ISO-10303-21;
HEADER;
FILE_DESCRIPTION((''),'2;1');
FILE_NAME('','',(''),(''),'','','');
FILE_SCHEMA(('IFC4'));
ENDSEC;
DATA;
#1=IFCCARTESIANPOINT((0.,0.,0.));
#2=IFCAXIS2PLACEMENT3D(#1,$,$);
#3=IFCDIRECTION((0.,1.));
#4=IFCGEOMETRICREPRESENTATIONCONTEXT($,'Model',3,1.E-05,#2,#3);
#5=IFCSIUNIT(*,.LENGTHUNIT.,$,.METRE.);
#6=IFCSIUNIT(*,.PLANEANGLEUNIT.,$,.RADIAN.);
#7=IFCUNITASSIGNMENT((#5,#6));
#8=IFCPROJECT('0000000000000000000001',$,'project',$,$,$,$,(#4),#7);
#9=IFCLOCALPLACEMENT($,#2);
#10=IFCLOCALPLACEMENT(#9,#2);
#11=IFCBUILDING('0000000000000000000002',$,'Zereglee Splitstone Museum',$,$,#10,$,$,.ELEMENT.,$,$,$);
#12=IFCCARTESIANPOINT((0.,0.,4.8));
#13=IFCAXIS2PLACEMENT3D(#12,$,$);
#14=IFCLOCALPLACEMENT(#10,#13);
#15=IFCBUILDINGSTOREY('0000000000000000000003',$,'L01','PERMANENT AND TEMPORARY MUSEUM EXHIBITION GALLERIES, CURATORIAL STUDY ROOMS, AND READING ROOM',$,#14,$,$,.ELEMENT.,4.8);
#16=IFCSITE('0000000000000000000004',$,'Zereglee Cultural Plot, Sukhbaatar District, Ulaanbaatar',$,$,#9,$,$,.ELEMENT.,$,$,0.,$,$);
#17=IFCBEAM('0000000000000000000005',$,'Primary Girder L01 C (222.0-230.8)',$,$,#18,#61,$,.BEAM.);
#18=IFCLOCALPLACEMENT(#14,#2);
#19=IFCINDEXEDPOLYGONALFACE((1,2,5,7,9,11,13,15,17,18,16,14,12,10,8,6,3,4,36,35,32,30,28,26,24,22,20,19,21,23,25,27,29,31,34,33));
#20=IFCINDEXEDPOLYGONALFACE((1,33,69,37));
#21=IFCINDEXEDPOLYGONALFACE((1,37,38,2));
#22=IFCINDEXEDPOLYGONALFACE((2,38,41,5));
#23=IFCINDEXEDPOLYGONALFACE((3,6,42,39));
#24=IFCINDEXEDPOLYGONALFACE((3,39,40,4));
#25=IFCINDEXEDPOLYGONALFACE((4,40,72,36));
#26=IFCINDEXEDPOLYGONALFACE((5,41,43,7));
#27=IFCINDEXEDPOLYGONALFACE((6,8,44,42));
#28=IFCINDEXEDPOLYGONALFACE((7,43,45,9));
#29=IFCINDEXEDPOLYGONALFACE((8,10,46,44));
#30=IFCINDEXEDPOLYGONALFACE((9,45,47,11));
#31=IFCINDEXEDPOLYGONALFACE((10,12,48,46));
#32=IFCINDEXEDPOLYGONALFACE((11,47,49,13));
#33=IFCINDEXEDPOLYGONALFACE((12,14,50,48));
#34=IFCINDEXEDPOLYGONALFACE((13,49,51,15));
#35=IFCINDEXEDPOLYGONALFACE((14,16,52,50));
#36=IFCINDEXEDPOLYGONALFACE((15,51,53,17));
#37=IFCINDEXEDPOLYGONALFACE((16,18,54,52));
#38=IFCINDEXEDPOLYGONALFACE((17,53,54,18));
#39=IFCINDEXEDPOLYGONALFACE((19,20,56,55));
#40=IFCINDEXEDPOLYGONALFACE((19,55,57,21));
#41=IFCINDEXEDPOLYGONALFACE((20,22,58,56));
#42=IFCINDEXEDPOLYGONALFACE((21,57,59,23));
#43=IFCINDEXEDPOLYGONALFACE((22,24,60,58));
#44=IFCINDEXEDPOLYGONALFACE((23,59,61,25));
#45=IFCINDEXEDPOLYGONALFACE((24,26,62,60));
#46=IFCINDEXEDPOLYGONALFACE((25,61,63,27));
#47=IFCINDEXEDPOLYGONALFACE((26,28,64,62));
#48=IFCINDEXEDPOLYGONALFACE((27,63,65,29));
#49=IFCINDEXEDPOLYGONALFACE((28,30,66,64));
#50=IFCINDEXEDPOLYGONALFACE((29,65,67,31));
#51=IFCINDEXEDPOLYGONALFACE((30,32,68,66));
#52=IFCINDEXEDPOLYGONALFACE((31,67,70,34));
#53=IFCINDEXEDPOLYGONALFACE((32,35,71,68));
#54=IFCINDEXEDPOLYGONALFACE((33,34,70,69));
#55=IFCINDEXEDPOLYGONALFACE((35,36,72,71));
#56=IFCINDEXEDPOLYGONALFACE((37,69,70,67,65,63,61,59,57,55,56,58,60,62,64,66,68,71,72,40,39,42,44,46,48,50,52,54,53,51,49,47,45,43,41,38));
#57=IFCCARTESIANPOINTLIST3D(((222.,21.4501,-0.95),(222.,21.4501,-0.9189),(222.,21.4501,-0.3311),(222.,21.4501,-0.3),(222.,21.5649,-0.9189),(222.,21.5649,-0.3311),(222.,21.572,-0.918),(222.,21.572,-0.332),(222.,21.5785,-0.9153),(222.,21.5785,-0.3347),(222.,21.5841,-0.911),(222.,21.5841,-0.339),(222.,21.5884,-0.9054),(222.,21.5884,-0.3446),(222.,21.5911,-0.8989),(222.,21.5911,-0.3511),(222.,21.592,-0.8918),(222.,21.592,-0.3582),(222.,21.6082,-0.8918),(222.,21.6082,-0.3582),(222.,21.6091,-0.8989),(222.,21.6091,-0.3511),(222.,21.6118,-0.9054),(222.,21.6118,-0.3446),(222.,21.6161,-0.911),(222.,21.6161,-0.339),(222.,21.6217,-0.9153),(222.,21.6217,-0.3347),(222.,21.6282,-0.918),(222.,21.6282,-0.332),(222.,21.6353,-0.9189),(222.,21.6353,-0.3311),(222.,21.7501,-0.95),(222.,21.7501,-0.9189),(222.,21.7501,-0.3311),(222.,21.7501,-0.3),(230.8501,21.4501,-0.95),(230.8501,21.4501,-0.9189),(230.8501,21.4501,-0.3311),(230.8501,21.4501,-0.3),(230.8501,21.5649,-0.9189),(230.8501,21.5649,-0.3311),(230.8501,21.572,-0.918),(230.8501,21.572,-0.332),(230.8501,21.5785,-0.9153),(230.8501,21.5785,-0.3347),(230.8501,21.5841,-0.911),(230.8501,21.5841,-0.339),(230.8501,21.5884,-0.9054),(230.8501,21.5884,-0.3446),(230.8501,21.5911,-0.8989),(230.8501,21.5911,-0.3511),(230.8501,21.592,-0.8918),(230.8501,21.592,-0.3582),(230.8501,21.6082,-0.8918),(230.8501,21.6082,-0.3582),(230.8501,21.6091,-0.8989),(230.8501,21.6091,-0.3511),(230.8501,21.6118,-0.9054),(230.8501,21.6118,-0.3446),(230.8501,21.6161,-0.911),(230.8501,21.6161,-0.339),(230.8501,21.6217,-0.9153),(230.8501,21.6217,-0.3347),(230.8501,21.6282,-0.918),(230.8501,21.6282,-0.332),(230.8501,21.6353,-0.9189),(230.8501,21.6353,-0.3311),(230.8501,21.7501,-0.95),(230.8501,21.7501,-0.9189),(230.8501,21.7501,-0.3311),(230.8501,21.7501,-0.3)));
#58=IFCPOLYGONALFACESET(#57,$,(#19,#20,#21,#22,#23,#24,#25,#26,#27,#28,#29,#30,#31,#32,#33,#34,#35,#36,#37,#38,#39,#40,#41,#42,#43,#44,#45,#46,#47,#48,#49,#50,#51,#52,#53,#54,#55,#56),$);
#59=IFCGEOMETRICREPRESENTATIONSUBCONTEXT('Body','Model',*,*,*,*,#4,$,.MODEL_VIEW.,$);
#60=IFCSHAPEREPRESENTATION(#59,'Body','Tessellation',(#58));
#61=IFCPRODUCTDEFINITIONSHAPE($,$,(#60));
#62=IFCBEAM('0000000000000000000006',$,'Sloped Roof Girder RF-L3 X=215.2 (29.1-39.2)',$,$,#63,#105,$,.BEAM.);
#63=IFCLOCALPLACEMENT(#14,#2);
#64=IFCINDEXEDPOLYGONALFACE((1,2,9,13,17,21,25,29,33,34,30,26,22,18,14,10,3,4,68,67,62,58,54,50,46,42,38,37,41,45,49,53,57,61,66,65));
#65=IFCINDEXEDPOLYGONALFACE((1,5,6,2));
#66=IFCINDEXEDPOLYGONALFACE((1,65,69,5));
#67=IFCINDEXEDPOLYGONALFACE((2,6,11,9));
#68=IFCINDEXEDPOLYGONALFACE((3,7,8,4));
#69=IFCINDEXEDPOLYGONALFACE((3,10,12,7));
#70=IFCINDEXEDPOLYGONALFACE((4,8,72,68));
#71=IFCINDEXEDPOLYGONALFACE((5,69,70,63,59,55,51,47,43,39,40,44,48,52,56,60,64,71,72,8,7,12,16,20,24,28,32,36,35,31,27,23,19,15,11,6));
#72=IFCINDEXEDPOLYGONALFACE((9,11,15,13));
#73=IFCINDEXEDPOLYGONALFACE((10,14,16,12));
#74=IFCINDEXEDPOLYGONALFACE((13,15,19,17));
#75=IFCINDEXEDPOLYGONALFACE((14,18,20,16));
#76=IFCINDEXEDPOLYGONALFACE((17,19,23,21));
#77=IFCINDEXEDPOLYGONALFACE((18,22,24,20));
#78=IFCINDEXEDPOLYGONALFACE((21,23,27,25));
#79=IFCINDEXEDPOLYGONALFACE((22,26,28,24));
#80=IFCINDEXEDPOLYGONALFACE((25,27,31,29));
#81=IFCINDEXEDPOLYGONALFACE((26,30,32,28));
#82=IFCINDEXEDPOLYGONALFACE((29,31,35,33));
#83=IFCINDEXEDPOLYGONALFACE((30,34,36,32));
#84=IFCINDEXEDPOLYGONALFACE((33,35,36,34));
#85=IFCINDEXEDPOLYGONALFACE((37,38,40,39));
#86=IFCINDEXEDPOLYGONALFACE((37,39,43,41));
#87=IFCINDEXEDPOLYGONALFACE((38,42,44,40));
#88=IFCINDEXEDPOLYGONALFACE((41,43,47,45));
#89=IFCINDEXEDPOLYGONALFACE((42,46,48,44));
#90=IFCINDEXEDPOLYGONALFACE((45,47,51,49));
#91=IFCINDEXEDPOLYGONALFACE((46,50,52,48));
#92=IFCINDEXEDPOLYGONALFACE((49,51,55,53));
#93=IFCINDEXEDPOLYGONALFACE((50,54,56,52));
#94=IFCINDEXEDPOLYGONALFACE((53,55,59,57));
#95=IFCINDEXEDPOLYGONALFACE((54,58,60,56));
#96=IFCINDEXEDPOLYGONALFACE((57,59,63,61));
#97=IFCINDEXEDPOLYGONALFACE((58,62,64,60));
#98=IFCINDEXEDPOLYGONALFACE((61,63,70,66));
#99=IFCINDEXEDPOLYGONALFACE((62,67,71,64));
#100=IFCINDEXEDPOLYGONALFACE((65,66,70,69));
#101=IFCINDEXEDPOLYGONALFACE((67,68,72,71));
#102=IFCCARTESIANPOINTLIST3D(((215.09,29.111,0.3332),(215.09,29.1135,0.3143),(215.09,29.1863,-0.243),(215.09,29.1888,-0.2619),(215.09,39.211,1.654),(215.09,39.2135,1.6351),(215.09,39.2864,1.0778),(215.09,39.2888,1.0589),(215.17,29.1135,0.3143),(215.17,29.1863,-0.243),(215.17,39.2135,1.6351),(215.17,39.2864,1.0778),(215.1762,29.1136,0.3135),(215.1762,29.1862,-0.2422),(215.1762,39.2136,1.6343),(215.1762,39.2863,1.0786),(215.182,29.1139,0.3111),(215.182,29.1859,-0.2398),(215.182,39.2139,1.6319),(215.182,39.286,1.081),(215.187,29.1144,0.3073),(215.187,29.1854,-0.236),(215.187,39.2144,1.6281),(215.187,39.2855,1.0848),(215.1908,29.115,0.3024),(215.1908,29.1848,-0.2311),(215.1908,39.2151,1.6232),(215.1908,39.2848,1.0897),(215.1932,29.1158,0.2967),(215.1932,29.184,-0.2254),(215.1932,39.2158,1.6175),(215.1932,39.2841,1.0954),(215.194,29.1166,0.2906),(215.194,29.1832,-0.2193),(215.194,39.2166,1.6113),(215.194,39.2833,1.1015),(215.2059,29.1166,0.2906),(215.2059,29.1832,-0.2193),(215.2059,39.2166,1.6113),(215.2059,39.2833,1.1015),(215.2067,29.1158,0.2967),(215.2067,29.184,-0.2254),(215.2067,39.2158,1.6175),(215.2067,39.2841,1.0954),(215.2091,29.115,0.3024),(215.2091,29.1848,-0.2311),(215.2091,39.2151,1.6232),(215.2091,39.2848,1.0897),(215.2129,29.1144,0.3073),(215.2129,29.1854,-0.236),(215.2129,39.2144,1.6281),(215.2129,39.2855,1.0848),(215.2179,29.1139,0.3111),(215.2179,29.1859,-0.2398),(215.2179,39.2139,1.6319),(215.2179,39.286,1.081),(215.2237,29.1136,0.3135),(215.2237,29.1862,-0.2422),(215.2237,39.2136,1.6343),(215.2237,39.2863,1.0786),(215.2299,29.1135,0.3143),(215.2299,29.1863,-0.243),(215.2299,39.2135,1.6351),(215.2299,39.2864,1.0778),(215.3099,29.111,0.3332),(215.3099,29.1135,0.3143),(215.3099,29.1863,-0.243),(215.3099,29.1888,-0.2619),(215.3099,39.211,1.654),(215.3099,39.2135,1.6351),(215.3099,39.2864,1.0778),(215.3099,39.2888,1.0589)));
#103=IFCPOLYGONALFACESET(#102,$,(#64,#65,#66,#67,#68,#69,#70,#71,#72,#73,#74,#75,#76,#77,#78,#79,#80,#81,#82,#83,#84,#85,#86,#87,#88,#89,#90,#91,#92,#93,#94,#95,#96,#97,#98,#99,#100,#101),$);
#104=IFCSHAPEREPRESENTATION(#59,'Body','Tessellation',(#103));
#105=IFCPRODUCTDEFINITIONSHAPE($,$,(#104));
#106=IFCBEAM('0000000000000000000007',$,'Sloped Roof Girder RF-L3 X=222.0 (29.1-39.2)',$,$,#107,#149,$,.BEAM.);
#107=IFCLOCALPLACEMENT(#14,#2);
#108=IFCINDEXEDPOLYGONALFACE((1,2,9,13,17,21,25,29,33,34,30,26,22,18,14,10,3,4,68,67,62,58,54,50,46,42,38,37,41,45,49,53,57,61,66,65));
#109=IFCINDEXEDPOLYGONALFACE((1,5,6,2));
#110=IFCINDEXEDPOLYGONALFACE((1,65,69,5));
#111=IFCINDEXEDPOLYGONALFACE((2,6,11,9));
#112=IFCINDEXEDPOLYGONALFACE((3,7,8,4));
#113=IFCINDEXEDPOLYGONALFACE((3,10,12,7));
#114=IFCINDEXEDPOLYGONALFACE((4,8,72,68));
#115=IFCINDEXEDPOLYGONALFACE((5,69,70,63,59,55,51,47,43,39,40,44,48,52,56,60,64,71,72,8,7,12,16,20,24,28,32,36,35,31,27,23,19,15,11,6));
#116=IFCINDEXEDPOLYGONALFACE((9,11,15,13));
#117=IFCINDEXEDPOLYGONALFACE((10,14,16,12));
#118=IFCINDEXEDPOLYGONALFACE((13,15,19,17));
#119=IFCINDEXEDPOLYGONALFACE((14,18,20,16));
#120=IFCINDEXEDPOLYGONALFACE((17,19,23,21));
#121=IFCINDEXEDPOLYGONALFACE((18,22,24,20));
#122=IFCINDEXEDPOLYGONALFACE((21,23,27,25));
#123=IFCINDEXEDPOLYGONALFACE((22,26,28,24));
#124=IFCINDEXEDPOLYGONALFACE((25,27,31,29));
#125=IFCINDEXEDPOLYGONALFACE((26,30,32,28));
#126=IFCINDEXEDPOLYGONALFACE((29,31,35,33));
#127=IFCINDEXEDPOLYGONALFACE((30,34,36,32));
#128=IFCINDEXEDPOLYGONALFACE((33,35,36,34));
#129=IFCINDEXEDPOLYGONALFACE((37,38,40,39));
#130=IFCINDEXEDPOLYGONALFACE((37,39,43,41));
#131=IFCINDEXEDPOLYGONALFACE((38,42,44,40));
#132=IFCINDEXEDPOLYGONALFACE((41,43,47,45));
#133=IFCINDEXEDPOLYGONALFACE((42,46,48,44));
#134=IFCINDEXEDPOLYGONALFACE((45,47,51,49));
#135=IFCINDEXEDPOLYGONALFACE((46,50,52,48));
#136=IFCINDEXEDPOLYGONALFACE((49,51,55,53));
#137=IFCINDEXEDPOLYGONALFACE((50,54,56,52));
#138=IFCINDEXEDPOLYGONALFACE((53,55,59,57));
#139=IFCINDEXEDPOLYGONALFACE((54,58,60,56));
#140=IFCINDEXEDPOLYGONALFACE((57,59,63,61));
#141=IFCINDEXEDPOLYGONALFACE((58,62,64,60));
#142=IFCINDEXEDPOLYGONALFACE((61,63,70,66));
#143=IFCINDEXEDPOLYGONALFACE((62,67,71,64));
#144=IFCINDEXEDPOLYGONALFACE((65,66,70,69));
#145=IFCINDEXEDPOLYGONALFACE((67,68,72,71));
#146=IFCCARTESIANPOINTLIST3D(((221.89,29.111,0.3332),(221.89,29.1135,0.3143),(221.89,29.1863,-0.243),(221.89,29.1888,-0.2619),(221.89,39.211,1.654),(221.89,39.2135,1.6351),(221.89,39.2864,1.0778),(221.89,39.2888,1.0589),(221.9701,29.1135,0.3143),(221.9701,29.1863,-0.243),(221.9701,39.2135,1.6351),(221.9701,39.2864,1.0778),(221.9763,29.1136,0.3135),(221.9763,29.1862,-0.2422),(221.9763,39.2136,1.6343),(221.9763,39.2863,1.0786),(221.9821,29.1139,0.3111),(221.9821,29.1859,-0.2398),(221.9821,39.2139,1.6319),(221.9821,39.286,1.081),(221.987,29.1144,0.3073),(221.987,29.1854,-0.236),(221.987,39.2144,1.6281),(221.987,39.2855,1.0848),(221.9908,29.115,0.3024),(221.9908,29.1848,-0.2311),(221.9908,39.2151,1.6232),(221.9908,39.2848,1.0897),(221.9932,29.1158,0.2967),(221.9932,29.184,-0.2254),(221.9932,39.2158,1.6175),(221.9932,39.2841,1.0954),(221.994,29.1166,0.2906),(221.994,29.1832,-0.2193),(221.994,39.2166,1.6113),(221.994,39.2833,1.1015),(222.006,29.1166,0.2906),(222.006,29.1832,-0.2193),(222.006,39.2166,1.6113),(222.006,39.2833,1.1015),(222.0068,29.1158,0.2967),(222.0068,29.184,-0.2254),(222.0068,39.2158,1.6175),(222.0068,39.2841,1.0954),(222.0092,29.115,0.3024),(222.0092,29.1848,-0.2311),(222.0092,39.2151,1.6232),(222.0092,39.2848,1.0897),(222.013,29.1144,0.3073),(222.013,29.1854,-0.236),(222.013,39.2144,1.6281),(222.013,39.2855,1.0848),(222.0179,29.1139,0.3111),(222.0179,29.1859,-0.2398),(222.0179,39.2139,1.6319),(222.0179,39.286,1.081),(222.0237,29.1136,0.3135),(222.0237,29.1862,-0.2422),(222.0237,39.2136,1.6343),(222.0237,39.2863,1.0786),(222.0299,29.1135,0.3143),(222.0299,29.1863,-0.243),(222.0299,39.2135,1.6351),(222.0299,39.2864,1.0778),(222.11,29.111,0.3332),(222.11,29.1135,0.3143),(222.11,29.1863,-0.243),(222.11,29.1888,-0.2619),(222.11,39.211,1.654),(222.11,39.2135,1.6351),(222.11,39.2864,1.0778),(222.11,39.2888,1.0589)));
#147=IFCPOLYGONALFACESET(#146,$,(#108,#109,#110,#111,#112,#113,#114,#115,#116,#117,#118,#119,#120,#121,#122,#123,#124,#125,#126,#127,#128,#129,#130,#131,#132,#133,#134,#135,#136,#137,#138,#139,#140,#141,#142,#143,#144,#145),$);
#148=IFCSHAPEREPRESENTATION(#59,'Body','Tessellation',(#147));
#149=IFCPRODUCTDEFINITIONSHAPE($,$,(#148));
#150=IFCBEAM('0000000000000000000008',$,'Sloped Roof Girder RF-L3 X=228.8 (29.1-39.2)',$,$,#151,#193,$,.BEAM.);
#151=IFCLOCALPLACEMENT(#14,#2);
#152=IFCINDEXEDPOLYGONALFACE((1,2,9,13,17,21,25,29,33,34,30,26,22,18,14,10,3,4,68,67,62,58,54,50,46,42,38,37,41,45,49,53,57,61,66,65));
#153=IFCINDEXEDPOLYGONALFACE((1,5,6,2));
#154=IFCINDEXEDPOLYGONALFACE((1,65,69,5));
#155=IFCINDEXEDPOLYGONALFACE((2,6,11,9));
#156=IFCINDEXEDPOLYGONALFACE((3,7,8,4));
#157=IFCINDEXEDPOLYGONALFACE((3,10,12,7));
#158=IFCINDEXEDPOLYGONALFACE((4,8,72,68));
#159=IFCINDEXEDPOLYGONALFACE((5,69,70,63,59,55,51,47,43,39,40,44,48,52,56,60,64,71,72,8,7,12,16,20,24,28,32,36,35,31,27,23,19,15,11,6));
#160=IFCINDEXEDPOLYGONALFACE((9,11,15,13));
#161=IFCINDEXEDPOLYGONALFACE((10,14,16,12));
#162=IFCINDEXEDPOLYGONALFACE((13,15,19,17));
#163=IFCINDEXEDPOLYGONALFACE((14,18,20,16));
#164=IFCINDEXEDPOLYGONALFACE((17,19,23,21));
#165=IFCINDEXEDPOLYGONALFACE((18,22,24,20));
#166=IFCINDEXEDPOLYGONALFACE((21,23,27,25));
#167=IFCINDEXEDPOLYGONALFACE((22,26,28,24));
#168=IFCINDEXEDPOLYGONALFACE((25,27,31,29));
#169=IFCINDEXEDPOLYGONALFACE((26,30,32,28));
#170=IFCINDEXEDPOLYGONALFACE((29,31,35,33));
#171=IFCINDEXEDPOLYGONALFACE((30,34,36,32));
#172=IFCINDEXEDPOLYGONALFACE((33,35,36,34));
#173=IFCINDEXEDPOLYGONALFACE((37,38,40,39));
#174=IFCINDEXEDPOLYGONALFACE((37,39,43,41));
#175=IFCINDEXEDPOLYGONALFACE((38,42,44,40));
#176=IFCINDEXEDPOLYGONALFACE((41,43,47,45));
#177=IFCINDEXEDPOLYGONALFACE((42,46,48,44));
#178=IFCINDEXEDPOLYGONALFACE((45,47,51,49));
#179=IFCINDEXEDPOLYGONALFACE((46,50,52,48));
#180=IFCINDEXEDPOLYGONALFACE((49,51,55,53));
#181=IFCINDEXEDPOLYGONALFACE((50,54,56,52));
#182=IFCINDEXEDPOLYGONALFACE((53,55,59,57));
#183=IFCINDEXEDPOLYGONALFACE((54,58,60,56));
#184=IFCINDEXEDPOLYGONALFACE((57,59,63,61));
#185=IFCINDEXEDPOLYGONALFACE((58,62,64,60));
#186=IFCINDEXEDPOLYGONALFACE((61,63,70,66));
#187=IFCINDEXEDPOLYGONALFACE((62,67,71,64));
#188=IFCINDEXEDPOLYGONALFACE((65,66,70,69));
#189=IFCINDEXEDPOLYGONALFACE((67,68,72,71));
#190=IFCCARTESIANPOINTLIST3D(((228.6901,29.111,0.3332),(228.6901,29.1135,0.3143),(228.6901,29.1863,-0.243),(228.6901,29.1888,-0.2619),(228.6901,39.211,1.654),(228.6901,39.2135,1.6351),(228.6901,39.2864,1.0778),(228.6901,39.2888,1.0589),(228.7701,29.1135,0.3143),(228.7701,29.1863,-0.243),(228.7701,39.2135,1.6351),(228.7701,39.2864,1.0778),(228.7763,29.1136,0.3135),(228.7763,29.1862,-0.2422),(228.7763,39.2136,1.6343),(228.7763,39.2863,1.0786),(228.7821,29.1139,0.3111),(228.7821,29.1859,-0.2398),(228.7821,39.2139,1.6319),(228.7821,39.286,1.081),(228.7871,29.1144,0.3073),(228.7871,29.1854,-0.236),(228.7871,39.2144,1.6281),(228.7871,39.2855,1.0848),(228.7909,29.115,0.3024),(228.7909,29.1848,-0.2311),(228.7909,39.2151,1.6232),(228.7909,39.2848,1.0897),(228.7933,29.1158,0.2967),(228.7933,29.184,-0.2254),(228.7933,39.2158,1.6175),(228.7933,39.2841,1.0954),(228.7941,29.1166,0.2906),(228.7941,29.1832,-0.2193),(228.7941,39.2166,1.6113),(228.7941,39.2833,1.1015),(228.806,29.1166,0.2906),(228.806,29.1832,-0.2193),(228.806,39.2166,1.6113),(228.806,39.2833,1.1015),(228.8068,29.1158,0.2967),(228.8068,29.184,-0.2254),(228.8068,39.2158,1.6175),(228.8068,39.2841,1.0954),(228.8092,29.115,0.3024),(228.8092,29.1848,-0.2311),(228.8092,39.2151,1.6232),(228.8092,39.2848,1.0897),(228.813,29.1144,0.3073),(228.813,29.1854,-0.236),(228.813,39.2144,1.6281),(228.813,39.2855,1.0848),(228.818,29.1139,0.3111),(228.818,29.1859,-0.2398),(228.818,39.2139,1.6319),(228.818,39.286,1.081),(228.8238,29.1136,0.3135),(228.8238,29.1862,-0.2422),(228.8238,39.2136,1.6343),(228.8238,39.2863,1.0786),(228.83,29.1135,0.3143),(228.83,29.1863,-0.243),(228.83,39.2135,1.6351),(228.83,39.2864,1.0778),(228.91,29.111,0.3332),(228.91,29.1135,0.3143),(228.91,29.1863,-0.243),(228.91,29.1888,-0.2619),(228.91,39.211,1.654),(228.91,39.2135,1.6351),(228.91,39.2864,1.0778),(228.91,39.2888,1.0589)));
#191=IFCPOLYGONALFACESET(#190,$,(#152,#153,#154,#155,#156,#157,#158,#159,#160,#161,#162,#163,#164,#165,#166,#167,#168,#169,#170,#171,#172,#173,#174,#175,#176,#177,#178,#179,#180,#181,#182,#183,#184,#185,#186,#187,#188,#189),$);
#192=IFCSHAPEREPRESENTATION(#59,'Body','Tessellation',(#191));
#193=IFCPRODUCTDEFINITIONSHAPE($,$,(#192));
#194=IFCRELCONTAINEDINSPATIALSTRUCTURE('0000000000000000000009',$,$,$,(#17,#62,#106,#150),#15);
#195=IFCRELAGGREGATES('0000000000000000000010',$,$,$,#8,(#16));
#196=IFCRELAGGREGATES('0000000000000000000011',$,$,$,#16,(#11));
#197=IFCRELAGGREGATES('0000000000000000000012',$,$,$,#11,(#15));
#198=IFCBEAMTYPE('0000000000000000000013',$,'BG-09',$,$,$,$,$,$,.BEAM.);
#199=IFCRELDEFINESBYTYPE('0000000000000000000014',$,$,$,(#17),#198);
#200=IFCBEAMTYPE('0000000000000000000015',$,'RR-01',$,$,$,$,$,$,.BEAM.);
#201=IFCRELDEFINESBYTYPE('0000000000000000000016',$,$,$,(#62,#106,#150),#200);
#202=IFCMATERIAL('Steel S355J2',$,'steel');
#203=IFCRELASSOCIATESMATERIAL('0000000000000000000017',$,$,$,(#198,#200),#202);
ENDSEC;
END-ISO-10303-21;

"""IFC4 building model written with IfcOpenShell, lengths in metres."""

from ifc_helpers import new_model, si_unit, direction, frame, origin, origin_2d, place, context, subcontext, project, spatial, i_section, extrude, material, material_profile, profile_set, type_object, element, save


model = new_model("IFC4")

# Units and contexts
model_context = context("Model", 3, precision=1e-05, world=origin(), true_north=direction((0.0, 1.0)))
body_context = subcontext(model_context, "Body", "Model", "MODEL_VIEW")
ifc_project = project(units=[si_unit("LENGTHUNIT", "METRE"), si_unit("PLANEANGLEUNIT", "RADIAN")], contexts=[model_context])

# Site, building, storey
site_placement = place(None, origin())
site = spatial("IfcSite", under=ifc_project, at=site_placement, Name="Zereglee Cultural Plot, Sukhbaatar District, Ulaanbaatar", CompositionType="ELEMENT", RefElevation=0.0)
building_placement = place(site_placement, origin())
building = spatial("IfcBuilding", under=site, at=building_placement, Name="Zereglee Splitstone Museum", CompositionType="ELEMENT")
storey_placement = place(building_placement, frame((0.0, 0.0, 4.8)))
storey = spatial("IfcBuildingStorey", under=building, at=storey_placement, Name="L01", Description="PERMANENT AND TEMPORARY MUSEUM EXHIBITION GALLERIES, CURATORIAL STUDY ROOMS, AND READING ROOM", CompositionType="ELEMENT", Elevation=4.8)

# Shared definitions
ifc_material_1 = material(Name="Steel S355J2", Category="steel")

# Beams
ifc_material_profile_1 = material_profile(ifc_material_1, i_section(OverallWidth=0.3, OverallDepth=0.6499, WebThickness=0.0161, FlangeThickness=0.031, FilletRadius=0.0271, at=origin_2d()), Name="HE 650 B")
ifc_profile_set_1 = profile_set([ifc_material_profile_1], Name="Steel S355J2")
beam_type_1 = type_object("IfcBeamType", Name="BG-09", PredefinedType="BEAM", material=ifc_profile_set_1)
beam_1_placement = place(storey_placement, frame((222.0, 21.6001, -0.625), z_axis=(1.0, 0.0, 0.0), x_axis=(0.0, 1.0, 0.0)))
element("IfcBeam", 1, at=beam_1_placement, inside=storey, type_object=beam_type_1, Name="Primary Girder L01 C (222.0-230.8)", PredefinedType="BEAM", context=body_context, shape_type="SweptSolid", body=[
    extrude(i_section(OverallWidth=0.3, OverallDepth=0.6499, WebThickness=0.0161, FlangeThickness=0.031, FilletRadius=0.0271, at=origin_2d()), origin(), (0.0, 0.0, 1.0), 8.8501),
])
ifc_material_profile_2 = material_profile(ifc_material_1, i_section(OverallWidth=0.22, OverallDepth=0.6001, WebThickness=0.012, FlangeThickness=0.019, FilletRadius=0.0239, at=origin_2d()), Name="IPE 600")
ifc_profile_set_2 = profile_set([ifc_material_profile_2], Name="Steel S355J2")
beam_type_2 = type_object("IfcBeamType", Name="RR-01", PredefinedType="BEAM", material=ifc_profile_set_2)
for number, where, z_axis, x_axis, name in (
    (2, (215.2, 29.1499, 0.0356), (0.0, 0.991558, 0.129667), (-1.0, 0.0, 0.0), "Sloped Roof Girder RF-L3 X=215.2 (29.1-39.2)"),
    (3, (222.0, 29.1499, 0.0356), (0.0, 0.991558, 0.129667), (-1.0, 0.0, 0.0), "Sloped Roof Girder RF-L3 X=222.0 (29.1-39.2)"),
    (4, (228.8, 29.1499, 0.0356), (0.0, 0.991558, 0.129667), (-1.0, 0.0, 0.0), "Sloped Roof Girder RF-L3 X=228.8 (29.1-39.2)"),
):
    element("IfcBeam", number, at=place(storey_placement, frame(where, z_axis=z_axis, x_axis=x_axis)), inside=storey, type_object=beam_type_2, Name=name, PredefinedType="BEAM", context=body_context, shape_type="SweptSolid", body=[
        extrude(i_section(OverallWidth=0.22, OverallDepth=0.6001, WebThickness=0.012, FlangeThickness=0.019, FilletRadius=0.0239, at=origin_2d()), origin(), (0.0, 0.0, 1.0), 10.186),
    ])

save(model, "model.ifc")
